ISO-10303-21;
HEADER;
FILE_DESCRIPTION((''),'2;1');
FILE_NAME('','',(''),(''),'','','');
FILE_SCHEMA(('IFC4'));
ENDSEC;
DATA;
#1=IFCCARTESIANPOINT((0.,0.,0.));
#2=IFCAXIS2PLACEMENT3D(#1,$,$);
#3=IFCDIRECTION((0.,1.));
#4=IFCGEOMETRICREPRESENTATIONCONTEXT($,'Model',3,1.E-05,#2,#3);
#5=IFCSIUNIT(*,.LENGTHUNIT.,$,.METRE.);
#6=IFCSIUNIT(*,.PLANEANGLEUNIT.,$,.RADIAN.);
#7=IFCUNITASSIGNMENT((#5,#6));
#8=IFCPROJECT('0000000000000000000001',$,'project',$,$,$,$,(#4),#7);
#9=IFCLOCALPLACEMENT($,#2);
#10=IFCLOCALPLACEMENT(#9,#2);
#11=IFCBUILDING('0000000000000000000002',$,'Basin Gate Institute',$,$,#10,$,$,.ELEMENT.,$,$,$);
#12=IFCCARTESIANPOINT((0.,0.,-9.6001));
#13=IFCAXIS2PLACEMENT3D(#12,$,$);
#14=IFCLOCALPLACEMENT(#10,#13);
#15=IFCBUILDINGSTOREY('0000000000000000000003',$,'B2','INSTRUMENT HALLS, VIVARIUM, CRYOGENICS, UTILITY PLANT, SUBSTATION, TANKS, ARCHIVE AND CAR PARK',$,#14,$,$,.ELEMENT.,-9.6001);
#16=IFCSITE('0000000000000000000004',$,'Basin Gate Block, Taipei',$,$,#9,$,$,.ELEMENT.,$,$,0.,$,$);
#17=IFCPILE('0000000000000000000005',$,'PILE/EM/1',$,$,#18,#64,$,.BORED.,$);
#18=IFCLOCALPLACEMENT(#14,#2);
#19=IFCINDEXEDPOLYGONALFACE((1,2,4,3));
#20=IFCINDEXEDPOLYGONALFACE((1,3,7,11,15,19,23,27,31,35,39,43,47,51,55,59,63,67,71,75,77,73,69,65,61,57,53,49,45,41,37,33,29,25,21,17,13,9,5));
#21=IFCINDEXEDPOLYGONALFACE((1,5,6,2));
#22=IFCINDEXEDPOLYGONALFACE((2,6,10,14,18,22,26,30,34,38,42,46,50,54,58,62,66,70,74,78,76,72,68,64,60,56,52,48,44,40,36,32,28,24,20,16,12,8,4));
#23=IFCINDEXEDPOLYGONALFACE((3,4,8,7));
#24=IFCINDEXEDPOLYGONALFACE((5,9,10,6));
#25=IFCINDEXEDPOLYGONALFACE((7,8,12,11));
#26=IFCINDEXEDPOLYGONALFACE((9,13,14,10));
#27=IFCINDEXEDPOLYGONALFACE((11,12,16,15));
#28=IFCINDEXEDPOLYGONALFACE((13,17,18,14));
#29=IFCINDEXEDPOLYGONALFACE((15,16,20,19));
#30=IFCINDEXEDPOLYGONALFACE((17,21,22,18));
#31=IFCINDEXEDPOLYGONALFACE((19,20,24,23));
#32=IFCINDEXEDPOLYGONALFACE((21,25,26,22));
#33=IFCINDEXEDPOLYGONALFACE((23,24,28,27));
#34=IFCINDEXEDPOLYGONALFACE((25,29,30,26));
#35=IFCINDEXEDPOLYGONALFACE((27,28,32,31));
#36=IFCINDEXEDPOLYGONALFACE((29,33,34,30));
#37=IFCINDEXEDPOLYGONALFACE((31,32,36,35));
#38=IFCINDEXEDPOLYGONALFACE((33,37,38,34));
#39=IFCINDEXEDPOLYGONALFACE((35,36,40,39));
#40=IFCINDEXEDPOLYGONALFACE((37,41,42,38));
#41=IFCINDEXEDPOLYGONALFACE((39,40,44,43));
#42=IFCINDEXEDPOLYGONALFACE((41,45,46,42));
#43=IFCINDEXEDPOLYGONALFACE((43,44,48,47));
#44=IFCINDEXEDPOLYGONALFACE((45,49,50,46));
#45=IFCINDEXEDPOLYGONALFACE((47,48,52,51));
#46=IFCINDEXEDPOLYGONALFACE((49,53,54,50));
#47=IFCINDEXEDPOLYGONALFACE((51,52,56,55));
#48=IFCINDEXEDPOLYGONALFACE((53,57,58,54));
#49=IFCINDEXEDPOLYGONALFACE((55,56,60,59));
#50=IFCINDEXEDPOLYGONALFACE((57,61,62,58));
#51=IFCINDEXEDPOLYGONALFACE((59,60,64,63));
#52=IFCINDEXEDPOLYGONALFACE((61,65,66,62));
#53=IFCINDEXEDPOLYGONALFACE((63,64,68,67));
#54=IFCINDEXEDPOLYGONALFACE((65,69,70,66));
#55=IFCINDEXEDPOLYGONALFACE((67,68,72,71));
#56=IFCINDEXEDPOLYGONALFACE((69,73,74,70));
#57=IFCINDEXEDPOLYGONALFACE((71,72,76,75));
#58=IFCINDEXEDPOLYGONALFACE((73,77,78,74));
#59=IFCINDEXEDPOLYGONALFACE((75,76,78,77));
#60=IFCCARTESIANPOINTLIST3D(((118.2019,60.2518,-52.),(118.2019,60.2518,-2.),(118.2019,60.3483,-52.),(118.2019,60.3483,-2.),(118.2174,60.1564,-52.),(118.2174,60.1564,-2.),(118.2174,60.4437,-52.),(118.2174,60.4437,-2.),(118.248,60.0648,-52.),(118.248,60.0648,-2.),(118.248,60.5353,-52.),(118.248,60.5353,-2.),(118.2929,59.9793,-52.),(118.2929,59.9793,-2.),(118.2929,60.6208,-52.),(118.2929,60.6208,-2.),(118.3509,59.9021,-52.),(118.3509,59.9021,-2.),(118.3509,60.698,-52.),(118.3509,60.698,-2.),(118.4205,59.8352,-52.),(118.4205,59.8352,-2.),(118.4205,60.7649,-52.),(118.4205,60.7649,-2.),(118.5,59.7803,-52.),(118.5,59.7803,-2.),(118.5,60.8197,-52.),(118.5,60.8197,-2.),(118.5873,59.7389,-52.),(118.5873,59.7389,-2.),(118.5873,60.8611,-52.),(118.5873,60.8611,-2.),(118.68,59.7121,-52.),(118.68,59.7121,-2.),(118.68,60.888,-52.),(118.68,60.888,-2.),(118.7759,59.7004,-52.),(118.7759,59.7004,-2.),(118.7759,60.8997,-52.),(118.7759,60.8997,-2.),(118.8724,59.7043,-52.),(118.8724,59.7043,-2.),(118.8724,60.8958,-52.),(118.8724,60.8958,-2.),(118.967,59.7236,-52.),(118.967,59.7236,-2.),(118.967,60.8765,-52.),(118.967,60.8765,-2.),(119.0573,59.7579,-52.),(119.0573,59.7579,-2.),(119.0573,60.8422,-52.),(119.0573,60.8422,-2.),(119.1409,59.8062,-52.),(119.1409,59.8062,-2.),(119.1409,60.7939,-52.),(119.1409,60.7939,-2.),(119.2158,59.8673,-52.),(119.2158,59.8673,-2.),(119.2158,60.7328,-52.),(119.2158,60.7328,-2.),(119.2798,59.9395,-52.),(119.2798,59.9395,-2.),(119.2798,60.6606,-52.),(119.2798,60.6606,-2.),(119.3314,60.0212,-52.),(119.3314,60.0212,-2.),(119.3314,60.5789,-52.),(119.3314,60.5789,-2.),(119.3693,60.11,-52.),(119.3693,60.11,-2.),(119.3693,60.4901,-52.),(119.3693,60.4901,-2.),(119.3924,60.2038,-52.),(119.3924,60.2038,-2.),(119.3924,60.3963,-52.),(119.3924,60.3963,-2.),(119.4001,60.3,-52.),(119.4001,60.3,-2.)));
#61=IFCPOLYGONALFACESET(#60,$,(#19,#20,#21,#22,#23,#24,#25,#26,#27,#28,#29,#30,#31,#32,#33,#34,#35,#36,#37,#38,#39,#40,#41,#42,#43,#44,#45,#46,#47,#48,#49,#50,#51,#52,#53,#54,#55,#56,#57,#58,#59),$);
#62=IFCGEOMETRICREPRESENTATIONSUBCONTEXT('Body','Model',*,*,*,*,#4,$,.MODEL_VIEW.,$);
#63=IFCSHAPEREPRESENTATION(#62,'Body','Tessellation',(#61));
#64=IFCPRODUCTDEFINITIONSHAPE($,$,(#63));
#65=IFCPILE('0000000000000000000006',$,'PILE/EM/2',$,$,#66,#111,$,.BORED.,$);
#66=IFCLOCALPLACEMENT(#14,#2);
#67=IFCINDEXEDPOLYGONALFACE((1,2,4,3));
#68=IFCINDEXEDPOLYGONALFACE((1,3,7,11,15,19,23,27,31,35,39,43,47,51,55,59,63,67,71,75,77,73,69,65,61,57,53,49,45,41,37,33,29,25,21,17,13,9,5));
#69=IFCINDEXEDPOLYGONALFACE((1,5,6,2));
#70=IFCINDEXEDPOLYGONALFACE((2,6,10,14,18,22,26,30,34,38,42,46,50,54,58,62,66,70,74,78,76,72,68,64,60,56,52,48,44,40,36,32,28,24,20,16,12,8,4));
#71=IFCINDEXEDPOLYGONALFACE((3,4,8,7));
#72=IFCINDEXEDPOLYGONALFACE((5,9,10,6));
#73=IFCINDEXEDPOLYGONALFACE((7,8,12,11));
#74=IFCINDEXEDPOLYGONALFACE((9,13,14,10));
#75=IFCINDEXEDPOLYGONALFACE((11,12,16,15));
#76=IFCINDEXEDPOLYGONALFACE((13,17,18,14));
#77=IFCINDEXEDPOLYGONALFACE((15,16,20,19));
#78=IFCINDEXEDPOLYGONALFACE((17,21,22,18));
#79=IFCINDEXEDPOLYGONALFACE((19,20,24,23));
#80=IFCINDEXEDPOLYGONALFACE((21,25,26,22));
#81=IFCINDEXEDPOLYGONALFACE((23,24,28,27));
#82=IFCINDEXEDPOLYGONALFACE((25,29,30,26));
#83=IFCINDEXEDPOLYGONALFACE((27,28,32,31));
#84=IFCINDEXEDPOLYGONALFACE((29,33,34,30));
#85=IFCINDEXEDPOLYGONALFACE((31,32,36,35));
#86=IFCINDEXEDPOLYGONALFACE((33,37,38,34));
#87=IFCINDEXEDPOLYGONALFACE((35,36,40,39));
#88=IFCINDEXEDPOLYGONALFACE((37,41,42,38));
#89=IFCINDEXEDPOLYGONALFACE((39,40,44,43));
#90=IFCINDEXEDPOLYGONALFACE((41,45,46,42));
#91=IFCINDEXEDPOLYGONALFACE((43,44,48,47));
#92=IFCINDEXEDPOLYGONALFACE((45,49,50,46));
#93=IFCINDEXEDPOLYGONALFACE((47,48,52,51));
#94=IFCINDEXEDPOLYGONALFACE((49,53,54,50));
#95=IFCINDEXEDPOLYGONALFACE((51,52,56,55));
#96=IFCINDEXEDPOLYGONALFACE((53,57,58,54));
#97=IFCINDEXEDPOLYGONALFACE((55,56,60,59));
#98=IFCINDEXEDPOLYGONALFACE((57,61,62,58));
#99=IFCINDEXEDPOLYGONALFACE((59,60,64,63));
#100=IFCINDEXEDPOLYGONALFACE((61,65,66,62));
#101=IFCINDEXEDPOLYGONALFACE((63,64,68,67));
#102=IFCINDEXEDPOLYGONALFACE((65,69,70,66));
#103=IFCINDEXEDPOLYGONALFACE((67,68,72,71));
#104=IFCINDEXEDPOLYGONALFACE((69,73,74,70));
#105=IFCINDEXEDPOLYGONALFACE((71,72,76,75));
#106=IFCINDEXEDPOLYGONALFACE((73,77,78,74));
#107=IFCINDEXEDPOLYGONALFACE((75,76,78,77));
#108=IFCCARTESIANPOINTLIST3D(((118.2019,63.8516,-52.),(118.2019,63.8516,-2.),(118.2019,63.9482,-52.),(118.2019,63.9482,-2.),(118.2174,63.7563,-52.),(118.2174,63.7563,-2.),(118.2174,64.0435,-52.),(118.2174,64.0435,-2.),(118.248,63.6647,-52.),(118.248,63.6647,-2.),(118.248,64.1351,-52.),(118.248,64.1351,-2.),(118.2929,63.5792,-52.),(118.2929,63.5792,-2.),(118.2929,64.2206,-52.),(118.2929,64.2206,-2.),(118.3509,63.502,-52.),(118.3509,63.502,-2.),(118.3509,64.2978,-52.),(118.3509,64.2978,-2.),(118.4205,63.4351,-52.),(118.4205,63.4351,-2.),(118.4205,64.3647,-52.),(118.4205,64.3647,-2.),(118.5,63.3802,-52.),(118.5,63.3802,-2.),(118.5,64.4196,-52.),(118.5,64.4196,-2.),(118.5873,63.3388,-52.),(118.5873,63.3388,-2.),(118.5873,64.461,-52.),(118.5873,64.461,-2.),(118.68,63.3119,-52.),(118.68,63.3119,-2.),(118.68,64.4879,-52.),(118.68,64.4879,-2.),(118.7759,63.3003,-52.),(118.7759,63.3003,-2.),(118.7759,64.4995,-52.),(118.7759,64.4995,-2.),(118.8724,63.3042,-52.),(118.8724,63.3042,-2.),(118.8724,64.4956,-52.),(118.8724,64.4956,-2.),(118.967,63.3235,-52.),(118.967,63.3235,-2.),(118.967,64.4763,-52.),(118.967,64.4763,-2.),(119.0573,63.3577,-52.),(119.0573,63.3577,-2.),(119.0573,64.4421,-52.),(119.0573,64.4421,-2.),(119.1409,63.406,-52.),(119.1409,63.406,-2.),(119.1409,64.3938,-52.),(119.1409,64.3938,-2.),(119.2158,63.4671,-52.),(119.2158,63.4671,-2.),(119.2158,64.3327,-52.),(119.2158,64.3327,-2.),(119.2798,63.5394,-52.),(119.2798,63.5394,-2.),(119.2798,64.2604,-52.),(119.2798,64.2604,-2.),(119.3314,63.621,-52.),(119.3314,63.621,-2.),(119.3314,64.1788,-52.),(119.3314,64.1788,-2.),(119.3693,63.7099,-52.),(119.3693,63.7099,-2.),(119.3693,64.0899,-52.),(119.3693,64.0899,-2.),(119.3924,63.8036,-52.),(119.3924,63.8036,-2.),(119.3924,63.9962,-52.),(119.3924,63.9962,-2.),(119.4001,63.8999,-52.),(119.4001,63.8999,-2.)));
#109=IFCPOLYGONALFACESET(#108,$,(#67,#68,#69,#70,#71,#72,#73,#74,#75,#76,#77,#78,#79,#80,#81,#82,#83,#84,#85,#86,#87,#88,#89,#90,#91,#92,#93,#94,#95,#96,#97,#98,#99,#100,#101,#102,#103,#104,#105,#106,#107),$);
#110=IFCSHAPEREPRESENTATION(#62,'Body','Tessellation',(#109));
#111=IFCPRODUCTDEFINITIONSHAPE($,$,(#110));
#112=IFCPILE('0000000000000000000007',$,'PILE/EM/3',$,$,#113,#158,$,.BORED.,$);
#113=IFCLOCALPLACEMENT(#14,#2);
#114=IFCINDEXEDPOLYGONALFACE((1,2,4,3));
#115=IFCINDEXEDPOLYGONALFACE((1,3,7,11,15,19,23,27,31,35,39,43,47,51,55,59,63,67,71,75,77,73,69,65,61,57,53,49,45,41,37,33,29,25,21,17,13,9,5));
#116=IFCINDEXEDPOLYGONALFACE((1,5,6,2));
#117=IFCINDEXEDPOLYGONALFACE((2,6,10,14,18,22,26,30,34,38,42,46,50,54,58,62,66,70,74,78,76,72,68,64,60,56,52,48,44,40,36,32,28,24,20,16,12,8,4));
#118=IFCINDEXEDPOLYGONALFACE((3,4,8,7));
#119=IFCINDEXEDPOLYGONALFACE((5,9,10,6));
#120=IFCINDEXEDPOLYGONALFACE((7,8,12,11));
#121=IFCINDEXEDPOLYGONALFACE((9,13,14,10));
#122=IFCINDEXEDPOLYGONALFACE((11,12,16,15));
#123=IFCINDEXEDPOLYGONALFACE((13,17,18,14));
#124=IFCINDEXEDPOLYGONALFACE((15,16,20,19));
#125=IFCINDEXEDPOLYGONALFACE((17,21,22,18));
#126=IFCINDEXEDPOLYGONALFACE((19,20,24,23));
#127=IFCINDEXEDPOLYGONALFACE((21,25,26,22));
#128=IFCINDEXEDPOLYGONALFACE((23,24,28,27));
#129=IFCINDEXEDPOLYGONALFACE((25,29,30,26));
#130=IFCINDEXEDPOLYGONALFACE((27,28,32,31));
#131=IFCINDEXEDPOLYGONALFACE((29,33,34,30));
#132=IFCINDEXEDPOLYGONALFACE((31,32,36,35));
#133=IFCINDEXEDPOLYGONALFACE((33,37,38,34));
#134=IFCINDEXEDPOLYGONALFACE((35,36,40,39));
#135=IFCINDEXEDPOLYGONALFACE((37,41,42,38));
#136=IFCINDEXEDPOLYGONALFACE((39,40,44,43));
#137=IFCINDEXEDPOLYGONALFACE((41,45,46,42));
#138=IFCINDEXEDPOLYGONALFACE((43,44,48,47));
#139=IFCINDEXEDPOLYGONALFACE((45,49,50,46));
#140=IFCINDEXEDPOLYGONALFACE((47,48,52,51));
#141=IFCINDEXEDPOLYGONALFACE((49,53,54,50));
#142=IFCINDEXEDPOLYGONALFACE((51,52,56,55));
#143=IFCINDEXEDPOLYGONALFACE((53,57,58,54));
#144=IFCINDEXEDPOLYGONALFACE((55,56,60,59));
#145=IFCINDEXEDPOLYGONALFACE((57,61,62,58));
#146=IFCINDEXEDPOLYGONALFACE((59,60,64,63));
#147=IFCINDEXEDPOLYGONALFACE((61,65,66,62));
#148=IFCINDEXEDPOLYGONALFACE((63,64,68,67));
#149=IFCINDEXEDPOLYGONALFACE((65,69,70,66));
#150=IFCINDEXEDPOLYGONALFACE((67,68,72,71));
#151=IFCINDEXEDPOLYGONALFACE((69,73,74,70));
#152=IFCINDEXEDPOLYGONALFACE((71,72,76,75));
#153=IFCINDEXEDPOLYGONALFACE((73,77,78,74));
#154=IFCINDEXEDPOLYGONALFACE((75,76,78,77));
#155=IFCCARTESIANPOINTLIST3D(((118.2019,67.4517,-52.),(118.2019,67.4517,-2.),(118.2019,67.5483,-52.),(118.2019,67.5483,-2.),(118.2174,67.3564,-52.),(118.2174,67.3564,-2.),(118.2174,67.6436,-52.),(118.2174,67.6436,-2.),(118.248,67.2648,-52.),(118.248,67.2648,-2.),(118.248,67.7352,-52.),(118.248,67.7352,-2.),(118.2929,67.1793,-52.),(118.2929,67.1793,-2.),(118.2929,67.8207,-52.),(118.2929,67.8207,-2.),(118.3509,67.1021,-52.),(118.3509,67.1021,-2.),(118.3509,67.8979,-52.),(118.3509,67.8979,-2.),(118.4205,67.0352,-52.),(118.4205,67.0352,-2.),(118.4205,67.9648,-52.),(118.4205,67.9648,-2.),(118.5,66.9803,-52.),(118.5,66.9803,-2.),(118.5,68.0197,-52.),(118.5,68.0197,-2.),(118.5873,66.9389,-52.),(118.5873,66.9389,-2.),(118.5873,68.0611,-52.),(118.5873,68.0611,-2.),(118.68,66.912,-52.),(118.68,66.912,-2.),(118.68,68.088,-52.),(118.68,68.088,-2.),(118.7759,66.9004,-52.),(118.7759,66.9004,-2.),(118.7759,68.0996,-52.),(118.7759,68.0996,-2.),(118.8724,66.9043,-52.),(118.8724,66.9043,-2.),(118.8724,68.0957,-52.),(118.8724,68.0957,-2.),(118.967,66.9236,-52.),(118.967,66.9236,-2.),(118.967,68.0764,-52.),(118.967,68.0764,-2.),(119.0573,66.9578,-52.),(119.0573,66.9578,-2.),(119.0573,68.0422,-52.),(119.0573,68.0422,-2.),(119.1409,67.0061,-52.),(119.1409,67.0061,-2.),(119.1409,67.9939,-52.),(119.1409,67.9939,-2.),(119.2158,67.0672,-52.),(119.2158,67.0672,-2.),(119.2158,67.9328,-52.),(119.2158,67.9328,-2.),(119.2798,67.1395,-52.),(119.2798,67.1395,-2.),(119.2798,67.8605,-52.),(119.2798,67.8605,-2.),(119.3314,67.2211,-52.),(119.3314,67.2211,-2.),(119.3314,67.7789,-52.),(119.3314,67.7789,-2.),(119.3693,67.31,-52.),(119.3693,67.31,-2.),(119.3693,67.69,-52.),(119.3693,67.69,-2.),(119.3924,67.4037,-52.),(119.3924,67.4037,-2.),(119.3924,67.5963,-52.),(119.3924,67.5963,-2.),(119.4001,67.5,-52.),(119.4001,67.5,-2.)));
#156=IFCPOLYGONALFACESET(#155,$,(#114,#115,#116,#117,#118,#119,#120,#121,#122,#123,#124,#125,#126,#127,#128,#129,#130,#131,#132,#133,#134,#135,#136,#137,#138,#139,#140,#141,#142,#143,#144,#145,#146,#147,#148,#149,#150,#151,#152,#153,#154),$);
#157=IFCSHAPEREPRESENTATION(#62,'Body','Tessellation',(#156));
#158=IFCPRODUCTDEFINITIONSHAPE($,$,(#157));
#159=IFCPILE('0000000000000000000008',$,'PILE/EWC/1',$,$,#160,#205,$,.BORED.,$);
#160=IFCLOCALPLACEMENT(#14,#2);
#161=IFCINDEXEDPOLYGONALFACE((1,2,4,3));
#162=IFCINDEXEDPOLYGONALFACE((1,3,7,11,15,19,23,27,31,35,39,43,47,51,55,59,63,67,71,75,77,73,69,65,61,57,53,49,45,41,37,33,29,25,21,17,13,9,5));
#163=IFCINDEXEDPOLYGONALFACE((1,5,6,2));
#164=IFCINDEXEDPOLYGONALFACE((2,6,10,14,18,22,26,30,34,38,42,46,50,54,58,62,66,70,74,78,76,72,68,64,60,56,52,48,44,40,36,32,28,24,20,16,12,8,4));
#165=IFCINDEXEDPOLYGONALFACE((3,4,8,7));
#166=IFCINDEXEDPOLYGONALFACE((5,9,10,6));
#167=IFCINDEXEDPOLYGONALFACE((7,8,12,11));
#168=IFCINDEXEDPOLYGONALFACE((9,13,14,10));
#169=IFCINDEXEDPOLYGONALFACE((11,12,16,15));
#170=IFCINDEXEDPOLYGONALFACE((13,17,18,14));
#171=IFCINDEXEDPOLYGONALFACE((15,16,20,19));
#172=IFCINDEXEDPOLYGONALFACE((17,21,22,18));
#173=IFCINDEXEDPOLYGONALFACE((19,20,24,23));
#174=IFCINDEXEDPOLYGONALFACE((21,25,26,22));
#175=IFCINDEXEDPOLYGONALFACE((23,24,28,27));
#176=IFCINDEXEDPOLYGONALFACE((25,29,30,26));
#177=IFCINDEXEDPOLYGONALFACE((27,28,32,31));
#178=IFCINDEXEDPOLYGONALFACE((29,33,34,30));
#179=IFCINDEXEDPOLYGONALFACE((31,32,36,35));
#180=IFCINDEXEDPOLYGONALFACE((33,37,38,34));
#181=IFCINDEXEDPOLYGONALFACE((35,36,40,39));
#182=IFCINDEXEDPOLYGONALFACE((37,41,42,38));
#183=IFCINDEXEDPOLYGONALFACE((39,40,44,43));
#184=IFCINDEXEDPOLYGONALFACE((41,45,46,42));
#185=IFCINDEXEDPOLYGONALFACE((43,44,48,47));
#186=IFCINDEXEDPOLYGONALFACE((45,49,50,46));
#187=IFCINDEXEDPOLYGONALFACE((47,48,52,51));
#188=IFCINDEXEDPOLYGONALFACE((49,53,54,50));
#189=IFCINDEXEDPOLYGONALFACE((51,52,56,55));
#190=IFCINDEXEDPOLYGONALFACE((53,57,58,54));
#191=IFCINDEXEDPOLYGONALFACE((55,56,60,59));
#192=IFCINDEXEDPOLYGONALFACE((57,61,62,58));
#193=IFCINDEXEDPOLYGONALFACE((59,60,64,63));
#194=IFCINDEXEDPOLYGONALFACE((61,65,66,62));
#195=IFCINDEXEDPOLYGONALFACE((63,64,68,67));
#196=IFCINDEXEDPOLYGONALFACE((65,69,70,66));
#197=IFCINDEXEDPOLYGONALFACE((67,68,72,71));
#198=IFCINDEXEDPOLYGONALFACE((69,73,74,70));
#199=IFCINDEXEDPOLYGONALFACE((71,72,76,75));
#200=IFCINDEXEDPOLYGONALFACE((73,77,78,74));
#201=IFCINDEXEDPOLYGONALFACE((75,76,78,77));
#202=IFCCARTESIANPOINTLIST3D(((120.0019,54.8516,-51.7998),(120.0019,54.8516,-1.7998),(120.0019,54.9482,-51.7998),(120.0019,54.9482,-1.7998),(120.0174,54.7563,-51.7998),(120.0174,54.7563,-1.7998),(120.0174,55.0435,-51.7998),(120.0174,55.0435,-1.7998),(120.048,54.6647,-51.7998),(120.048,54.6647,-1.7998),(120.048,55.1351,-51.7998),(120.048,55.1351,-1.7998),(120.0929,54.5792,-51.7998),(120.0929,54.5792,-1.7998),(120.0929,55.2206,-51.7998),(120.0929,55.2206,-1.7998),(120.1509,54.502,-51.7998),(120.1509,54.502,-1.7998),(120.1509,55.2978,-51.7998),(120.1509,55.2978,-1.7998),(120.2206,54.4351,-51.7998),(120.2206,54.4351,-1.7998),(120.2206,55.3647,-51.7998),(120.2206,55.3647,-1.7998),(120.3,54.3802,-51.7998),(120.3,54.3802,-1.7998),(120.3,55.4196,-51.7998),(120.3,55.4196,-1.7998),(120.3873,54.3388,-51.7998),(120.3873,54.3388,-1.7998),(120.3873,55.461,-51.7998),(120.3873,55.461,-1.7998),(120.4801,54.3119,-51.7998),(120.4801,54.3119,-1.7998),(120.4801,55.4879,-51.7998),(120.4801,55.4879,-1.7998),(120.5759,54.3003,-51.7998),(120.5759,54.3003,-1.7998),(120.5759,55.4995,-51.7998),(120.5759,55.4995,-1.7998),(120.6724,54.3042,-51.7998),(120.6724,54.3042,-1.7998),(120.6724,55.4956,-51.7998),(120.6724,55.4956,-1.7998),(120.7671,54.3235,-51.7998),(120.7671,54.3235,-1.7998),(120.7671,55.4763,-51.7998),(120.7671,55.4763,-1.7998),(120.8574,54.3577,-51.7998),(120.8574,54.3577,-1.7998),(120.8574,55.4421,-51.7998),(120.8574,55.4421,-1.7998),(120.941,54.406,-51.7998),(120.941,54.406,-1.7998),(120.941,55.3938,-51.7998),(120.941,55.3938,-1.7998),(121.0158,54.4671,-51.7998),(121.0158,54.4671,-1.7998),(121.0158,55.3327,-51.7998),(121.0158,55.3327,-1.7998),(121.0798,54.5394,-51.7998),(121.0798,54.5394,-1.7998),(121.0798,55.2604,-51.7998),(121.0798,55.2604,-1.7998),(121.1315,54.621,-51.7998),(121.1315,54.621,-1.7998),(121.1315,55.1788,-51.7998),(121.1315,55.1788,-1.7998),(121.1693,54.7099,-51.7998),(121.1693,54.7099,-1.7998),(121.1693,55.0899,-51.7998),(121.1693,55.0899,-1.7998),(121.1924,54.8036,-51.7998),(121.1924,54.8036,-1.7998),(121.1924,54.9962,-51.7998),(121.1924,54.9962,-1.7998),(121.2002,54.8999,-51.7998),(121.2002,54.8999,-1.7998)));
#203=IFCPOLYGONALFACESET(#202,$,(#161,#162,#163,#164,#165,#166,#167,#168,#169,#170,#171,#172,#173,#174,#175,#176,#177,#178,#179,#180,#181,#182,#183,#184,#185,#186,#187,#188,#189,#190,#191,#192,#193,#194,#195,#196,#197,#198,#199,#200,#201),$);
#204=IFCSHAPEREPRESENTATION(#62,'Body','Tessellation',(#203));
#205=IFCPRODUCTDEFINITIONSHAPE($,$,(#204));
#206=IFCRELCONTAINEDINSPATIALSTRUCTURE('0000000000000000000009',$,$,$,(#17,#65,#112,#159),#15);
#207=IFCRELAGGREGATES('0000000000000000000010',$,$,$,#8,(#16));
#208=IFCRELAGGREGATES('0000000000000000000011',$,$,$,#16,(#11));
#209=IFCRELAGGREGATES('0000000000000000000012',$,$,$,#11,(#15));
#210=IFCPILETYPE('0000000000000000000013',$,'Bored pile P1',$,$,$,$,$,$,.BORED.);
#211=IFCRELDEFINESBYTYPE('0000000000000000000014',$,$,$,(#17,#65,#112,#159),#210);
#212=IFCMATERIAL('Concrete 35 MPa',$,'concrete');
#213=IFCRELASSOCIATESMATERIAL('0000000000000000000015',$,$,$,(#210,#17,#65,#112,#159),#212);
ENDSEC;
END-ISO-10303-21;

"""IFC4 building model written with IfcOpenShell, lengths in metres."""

from ifc_helpers import new_model, si_unit, direction, frame, origin, origin_2d, place, context, subcontext, project, spatial, circle, extrude, material, material_profile, profile_set, type_object, element, save


model = new_model("IFC4")

# Units and contexts
model_context = context("Model", 3, precision=1e-05, world=origin(), true_north=direction((0.0, 1.0)))
body_context = subcontext(model_context, "Body", "Model", "MODEL_VIEW")
ifc_project = project(units=[si_unit("LENGTHUNIT", "METRE"), si_unit("PLANEANGLEUNIT", "RADIAN")], contexts=[model_context])

# Site, building, storey
site_placement = place(None, origin())
site = spatial("IfcSite", under=ifc_project, at=site_placement, Name="Basin Gate Block, Taipei", CompositionType="ELEMENT", RefElevation=0.0)
building_placement = place(site_placement, origin())
building = spatial("IfcBuilding", under=site, at=building_placement, Name="Basin Gate Institute", CompositionType="ELEMENT")
storey_placement = place(building_placement, frame((0.0, 0.0, -9.6001)))
storey = spatial("IfcBuildingStorey", under=building, at=storey_placement, Name="B2", Description="INSTRUMENT HALLS, VIVARIUM, CRYOGENICS, UTILITY PLANT, SUBSTATION, TANKS, ARCHIVE AND CAR PARK", CompositionType="ELEMENT", Elevation=-9.6001)

# Piles
ifc_material_1 = material(Name="Concrete 35 MPa", Category="concrete")
ifc_material_profile_1 = material_profile(ifc_material_1, circle(Radius=0.6001, at=origin_2d()), Name="Bored pile P1 1200 dia")
ifc_profile_set_1 = profile_set([ifc_material_profile_1], Name="Concrete 35 MPa")
pile_type = type_object("IfcPileType", Name="Bored pile P1", PredefinedType="BORED", material=ifc_profile_set_1)
for number, where, z_axis, x_axis, name in (
    (1, (118.8, 60.3, -2.0), (0.0, 0.0, -1.0), (1.0, 0.0, 0.0), "PILE/EM/1"),
    (2, (118.8, 63.8999, -2.0), (0.0, 0.0, -1.0), (1.0, 0.0, 0.0), "PILE/EM/2"),
    (3, (118.8, 67.5, -2.0), (0.0, 0.0, -1.0), (1.0, 0.0, 0.0), "PILE/EM/3"),
    (4, (120.6001, 54.8999, -1.7998), (0.0, 0.0, -1.0), (1.0, 0.0, 0.0), "PILE/EWC/1"),
):
    element("IfcPile", number, at=place(storey_placement, frame(where, z_axis=z_axis, x_axis=x_axis)), inside=storey, type_object=pile_type, material=ifc_profile_set_1, Name=name, PredefinedType="BORED", context=body_context, shape_type="SweptSolid", body=[
        extrude(circle(Radius=0.6001, at=origin_2d()), origin(), (0.0, 0.0, 1.0), 50.0),
    ])

save(model, "model.ifc")
